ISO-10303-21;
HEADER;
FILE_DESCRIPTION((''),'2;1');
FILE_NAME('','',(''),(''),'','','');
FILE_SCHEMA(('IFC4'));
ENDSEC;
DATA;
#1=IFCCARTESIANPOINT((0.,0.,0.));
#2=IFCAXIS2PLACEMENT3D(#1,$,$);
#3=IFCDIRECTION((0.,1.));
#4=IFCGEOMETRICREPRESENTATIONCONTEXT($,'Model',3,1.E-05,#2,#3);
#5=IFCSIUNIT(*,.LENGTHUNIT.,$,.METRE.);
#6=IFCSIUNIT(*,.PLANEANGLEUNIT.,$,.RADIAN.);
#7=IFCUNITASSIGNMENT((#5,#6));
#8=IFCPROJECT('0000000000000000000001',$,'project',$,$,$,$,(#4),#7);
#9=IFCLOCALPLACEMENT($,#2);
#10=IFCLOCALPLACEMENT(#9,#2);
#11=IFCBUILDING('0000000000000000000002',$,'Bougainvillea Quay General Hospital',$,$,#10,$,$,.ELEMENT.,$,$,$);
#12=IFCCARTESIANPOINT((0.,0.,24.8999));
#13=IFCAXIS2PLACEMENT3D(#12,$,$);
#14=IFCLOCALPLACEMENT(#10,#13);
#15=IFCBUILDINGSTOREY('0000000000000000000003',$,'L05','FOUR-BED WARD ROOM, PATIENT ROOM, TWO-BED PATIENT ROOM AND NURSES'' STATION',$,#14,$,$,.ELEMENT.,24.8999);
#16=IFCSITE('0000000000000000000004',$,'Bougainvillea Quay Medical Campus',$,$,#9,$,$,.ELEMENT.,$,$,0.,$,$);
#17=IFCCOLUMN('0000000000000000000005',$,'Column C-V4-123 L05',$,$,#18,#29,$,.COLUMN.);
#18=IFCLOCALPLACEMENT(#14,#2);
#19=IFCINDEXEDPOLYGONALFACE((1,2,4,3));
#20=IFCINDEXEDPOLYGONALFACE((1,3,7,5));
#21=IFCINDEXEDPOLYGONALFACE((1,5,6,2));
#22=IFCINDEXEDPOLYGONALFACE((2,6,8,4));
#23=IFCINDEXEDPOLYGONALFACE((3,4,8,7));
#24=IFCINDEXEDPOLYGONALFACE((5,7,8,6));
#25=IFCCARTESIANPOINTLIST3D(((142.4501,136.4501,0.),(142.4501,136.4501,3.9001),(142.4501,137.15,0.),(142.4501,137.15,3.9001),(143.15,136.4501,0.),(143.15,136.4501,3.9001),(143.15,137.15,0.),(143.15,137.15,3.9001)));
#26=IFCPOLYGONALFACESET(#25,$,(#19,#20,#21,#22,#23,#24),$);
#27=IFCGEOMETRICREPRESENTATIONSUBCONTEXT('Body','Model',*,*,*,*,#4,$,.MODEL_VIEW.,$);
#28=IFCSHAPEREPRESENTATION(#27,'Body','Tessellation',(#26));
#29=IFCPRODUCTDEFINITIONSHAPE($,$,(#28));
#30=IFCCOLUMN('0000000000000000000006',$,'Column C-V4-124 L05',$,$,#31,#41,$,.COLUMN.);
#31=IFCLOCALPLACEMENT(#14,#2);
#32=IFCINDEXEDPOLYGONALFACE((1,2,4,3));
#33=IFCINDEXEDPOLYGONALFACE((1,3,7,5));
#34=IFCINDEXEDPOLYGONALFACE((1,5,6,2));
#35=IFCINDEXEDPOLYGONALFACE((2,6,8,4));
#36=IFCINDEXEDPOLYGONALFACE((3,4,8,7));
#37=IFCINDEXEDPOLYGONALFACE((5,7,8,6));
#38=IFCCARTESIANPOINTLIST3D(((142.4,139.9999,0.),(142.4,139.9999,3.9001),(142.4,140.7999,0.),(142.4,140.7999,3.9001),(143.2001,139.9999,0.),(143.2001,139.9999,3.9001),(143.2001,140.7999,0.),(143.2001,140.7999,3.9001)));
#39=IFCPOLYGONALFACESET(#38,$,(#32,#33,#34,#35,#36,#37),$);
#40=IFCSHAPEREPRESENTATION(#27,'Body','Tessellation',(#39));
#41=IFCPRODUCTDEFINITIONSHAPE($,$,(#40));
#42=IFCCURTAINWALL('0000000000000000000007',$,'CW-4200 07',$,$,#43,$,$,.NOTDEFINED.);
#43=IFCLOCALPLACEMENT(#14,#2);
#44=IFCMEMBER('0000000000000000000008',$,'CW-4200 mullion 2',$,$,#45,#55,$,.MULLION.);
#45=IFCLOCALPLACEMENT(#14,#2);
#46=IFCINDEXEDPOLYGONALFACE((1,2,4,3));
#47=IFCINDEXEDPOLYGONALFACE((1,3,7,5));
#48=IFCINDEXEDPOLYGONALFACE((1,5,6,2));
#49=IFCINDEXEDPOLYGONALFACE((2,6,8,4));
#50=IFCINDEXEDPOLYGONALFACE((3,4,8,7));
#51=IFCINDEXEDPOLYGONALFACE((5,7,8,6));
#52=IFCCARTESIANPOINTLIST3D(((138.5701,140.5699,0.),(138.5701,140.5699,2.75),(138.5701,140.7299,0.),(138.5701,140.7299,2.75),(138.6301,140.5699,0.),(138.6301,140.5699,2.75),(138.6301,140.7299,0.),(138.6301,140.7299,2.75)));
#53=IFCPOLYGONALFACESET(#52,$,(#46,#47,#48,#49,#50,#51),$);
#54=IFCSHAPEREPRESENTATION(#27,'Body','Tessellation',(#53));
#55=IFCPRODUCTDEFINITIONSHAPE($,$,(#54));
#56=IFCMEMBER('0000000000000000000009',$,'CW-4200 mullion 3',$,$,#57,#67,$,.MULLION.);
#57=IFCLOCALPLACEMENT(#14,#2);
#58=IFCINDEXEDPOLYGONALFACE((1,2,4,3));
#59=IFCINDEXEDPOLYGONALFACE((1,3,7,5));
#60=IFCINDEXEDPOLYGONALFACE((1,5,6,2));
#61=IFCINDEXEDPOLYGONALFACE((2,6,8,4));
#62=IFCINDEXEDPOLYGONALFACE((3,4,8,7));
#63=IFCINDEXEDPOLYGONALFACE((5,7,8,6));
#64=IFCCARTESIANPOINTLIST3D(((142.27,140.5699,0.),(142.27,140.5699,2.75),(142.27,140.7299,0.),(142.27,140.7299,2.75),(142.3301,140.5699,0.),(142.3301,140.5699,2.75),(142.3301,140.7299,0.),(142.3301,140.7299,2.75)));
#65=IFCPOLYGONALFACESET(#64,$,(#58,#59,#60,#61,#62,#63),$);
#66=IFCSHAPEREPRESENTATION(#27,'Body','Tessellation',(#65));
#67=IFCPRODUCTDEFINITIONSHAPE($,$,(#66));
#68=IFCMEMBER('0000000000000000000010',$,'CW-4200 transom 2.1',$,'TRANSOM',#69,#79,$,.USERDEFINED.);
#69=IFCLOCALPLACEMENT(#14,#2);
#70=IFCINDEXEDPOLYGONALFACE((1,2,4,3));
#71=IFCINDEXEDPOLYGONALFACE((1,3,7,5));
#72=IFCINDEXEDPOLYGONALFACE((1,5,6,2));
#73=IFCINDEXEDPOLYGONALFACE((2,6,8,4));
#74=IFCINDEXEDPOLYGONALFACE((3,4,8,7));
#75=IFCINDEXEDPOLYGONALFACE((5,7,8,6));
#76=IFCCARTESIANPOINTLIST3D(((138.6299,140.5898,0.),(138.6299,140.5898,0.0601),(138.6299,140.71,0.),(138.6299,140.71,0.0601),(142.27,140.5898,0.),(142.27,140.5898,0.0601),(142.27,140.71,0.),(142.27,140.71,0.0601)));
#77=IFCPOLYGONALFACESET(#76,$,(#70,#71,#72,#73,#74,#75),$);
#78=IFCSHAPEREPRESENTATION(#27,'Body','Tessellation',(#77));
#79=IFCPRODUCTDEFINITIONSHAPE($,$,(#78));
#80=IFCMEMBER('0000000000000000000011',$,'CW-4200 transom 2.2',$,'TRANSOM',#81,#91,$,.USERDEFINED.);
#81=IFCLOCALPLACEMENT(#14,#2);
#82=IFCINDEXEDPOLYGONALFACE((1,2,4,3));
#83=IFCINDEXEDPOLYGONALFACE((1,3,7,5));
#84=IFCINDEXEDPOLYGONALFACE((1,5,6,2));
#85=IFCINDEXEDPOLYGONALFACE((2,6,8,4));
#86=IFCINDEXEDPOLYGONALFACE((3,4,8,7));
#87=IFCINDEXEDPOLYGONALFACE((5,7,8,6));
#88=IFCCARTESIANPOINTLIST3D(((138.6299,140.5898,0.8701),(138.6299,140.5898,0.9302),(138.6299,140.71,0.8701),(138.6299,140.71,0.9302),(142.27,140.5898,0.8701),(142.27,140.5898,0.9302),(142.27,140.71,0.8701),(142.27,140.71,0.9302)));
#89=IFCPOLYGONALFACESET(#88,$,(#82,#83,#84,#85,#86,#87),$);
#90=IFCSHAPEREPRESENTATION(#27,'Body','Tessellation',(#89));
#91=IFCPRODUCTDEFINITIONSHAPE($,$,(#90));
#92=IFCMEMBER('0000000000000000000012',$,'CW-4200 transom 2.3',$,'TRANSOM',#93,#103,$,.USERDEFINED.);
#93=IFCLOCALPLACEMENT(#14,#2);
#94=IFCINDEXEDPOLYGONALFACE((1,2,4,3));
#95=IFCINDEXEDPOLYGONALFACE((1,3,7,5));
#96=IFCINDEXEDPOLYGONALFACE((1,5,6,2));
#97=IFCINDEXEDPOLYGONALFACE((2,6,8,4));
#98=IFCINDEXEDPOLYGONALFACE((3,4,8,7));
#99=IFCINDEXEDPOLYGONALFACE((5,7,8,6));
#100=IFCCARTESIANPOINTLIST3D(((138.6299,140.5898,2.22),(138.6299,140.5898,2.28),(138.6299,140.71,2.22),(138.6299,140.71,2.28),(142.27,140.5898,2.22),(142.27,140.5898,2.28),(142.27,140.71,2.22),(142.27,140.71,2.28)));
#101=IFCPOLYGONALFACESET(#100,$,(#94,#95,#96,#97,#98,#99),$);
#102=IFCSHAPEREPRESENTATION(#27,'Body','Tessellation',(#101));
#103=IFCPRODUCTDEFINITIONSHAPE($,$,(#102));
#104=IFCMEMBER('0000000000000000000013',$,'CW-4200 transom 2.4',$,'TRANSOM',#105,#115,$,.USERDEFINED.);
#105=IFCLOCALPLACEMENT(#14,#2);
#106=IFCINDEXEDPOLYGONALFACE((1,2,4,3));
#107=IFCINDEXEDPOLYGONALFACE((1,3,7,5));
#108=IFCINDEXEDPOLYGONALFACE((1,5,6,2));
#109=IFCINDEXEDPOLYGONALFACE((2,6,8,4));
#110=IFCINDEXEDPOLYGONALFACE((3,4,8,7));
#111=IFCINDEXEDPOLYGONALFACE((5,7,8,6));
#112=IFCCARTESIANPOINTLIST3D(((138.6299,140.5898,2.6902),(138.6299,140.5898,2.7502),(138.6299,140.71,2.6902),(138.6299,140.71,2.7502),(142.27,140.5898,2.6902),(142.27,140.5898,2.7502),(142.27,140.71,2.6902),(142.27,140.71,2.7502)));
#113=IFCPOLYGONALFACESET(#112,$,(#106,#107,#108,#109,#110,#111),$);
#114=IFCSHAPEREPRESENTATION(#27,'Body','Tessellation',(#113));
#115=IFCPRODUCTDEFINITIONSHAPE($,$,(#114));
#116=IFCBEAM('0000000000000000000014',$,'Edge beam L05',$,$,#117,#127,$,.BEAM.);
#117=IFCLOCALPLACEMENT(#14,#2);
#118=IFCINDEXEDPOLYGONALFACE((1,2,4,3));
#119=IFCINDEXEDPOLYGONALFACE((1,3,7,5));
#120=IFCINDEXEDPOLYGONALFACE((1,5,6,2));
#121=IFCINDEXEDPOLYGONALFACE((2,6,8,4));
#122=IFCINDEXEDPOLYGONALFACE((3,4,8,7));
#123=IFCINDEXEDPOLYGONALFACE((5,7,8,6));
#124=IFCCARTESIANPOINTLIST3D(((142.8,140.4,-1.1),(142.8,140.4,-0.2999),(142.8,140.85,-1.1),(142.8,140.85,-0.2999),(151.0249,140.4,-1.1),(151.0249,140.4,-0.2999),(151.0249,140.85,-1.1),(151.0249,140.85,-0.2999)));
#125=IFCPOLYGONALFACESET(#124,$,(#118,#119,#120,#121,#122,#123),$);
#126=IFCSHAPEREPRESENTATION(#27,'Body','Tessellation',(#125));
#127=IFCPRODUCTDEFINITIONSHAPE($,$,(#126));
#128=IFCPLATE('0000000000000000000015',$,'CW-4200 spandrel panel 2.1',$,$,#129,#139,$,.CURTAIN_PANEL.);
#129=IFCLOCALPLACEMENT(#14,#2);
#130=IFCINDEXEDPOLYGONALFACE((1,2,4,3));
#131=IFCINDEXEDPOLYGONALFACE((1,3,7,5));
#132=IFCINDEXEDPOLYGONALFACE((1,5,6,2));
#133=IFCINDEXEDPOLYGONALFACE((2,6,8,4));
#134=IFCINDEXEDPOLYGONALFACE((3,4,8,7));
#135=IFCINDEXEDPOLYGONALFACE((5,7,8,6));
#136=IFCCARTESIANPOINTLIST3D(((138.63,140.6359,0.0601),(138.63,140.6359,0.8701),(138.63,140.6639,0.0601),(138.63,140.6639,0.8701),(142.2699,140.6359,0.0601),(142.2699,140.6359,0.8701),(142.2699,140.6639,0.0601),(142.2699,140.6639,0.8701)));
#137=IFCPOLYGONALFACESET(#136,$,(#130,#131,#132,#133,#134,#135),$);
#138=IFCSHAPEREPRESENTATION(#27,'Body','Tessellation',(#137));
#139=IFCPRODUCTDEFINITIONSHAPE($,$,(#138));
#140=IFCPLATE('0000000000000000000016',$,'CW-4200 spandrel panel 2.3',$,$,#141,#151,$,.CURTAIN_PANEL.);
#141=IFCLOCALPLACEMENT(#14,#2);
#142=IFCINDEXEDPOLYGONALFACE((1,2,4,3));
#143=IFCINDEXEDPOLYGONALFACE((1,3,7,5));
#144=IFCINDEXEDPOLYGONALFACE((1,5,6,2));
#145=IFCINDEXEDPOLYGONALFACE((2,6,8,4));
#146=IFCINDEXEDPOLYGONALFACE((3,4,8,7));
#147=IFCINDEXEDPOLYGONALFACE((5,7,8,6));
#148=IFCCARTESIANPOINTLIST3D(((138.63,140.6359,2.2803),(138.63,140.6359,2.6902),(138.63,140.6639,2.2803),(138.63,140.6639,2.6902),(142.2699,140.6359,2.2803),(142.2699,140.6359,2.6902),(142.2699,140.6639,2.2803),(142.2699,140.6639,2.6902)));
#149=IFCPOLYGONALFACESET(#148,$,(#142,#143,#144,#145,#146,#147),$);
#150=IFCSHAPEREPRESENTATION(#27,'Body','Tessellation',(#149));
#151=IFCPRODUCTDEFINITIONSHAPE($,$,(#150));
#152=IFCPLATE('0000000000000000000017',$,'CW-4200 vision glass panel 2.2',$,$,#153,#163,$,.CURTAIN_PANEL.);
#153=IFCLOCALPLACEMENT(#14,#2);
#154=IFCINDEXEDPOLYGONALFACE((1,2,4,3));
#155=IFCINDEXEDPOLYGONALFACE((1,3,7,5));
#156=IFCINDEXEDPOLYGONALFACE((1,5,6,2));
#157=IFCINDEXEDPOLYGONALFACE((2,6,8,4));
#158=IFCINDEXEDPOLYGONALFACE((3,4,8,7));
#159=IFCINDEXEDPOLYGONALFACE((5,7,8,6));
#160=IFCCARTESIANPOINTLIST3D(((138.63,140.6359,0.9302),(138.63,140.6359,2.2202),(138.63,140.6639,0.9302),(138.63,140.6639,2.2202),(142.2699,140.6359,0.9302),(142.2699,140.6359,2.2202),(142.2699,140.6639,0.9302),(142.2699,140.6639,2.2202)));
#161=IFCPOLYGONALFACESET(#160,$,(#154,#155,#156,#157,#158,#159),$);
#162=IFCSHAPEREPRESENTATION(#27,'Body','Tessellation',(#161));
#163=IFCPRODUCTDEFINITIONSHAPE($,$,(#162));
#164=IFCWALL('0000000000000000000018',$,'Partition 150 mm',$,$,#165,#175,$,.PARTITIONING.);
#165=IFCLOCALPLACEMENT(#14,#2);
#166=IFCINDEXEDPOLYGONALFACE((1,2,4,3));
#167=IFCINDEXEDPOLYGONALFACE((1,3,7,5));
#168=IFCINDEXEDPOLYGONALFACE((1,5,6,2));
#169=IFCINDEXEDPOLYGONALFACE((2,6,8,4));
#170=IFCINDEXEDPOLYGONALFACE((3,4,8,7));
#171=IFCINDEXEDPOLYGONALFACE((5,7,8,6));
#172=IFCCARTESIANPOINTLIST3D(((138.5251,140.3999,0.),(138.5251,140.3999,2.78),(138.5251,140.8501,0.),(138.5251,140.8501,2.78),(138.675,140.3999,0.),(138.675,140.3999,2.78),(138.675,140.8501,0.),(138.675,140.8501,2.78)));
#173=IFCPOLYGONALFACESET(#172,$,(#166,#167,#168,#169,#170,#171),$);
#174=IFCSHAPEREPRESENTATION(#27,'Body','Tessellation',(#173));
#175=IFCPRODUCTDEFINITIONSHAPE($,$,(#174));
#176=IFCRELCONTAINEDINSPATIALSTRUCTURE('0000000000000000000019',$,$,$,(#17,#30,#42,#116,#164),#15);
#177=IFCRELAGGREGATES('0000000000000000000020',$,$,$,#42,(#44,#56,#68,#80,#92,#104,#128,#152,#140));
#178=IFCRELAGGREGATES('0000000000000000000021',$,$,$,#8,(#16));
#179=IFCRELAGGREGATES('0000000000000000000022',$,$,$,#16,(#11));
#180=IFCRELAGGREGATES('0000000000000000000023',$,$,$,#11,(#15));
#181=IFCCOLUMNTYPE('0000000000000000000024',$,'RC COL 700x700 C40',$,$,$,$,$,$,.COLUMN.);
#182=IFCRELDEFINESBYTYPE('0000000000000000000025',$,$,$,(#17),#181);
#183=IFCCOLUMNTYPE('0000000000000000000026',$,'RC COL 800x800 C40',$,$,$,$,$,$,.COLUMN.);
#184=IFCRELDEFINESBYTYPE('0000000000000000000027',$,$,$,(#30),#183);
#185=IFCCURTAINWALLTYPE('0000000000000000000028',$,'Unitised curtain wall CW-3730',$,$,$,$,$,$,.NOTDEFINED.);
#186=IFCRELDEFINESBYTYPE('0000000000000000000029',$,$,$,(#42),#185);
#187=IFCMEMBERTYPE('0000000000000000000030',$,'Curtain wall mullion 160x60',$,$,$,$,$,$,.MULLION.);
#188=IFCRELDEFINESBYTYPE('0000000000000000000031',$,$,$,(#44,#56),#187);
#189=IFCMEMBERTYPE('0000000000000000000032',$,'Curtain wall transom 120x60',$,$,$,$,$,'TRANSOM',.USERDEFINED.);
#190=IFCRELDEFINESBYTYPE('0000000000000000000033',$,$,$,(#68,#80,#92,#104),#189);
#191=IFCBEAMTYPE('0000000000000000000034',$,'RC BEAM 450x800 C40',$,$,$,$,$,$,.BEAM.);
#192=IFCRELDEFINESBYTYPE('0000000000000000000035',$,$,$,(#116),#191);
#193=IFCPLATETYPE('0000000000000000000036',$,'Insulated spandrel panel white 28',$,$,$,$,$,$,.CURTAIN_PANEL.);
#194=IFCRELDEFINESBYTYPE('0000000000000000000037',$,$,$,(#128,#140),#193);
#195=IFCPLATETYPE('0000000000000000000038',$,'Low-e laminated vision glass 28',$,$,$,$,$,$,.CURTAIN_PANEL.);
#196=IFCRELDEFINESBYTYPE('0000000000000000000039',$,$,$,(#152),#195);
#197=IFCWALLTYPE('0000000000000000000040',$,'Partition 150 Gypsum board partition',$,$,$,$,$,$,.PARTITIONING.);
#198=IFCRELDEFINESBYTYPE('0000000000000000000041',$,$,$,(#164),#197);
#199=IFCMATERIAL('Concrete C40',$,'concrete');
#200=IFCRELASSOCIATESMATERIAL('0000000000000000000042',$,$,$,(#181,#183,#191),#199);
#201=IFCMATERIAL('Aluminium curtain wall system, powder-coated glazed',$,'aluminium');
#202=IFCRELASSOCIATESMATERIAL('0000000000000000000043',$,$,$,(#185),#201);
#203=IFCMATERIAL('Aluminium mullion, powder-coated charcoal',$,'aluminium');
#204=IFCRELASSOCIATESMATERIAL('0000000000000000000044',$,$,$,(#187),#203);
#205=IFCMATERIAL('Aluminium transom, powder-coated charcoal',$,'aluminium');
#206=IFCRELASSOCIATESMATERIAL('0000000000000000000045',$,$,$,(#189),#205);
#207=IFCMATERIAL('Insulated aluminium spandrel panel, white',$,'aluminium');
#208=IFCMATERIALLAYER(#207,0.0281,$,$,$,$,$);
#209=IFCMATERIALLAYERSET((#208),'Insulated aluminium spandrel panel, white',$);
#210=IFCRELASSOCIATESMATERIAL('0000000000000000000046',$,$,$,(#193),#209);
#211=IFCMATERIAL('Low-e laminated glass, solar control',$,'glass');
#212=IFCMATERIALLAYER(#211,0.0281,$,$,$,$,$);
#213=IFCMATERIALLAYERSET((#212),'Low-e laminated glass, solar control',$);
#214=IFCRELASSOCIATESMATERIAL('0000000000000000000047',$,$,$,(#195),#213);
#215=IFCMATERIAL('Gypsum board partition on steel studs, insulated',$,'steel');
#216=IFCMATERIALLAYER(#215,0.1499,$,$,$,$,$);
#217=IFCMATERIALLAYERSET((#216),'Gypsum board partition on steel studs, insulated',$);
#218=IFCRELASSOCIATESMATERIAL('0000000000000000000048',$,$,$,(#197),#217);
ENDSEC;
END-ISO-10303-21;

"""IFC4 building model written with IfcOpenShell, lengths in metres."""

from ifc_helpers import new_model, si_unit, direction, frame, frame_2d, origin, origin_2d, place, context, subcontext, project, spatial, rectangle, extrude, material, layer, layer_set, material_profile, profile_set, type_object, element, aggregate, save


model = new_model("IFC4")

# Units and contexts
model_context = context("Model", 3, precision=1e-05, world=origin(), true_north=direction((0.0, 1.0)))
body_context = subcontext(model_context, "Body", "Model", "MODEL_VIEW")
ifc_project = project(units=[si_unit("LENGTHUNIT", "METRE"), si_unit("PLANEANGLEUNIT", "RADIAN")], contexts=[model_context])

# Site, building, storey
site_placement = place(None, origin())
site = spatial("IfcSite", under=ifc_project, at=site_placement, Name="Bougainvillea Quay Medical Campus", CompositionType="ELEMENT", RefElevation=0.0)
building_placement = place(site_placement, origin())
building = spatial("IfcBuilding", under=site, at=building_placement, Name="Bougainvillea Quay General Hospital", CompositionType="ELEMENT")
storey_placement = place(building_placement, frame((0.0, 0.0, 24.8999)))
storey = spatial("IfcBuildingStorey", under=building, at=storey_placement, Name="L05", Description="FOUR-BED WARD ROOM, PATIENT ROOM, TWO-BED PATIENT ROOM AND NURSES' STATION", CompositionType="ELEMENT", Elevation=24.8999)

# Columns
ifc_material_1 = material(Name="Concrete C40", Category="concrete")
ifc_material_profile_1 = material_profile(ifc_material_1, rectangle(XDim=0.7, YDim=0.7, at=origin_2d()))
ifc_profile_set_1 = profile_set([ifc_material_profile_1], Name="Concrete C40")
column_type_1 = type_object("IfcColumnType", Name="RC COL 700x700 C40", PredefinedType="COLUMN", material=ifc_profile_set_1)
column_1_placement = place(storey_placement, frame((142.8, 136.8, 0.0), z_axis=(0.0, 0.0, 1.0), x_axis=(1.0, 0.0, 0.0)))
element("IfcColumn", 1, at=column_1_placement, inside=storey, type_object=column_type_1, Name="Column C-V4-123 L05", PredefinedType="COLUMN", context=body_context, shape_type="SweptSolid", body=[
    extrude(rectangle(XDim=0.7, YDim=0.7, at=origin_2d()), origin(), (0.0, 0.0, 1.0), 3.9001),
])
ifc_material_profile_2 = material_profile(ifc_material_1, rectangle(XDim=0.8, YDim=0.8, at=origin_2d()))
ifc_profile_set_2 = profile_set([ifc_material_profile_2], Name="Concrete C40")
column_type_2 = type_object("IfcColumnType", Name="RC COL 800x800 C40", PredefinedType="COLUMN", material=ifc_profile_set_2)
column_2_placement = place(storey_placement, frame((142.8, 140.3999, 0.0), z_axis=(0.0, 0.0, 1.0), x_axis=(1.0, 0.0, 0.0)))
element("IfcColumn", 2, at=column_2_placement, inside=storey, type_object=column_type_2, Name="Column C-V4-124 L05", PredefinedType="COLUMN", context=body_context, shape_type="SweptSolid", body=[
    extrude(rectangle(XDim=0.8, YDim=0.8, at=origin_2d()), origin(), (0.0, 0.0, 1.0), 3.9001),
])

# Curtain wall, members
ifc_material_2 = material(Name="Aluminium curtain wall system, powder-coated glazed", Category="aluminium")
curtain_wall_type = type_object("IfcCurtainWallType", Name="Unitised curtain wall CW-3730", PredefinedType="NOTDEFINED", material=ifc_material_2)
curtain_wall_placement = place(storey_placement, origin())
curtain_wall = element("IfcCurtainWall", 3, at=curtain_wall_placement, inside=storey, type_object=curtain_wall_type, Name="CW-4200 07", PredefinedType="NOTDEFINED")
ifc_material_3 = material(Name="Aluminium mullion, powder-coated charcoal", Category="aluminium")
ifc_material_profile_3 = material_profile(ifc_material_3, rectangle(XDim=0.1599, YDim=0.0601, at=origin_2d()))
ifc_profile_set_3 = profile_set([ifc_material_profile_3], Name="Aluminium mullion, powder-coated charcoal")
member_type_1 = type_object("IfcMemberType", Name="Curtain wall mullion 160x60", PredefinedType="MULLION", material=ifc_profile_set_3)
member_1_placement = place(storey_placement, frame((138.6001, 140.6499, 0.0), z_axis=(0.0, 0.0, 1.0), x_axis=(0.0, 1.0, 0.0)))
member_1 = element("IfcMember", 4, at=member_1_placement, type_object=member_type_1, Name="CW-4200 mullion 2", PredefinedType="MULLION", context=body_context, shape_type="SweptSolid", body=[
    extrude(rectangle(XDim=0.1599, YDim=0.0601, at=origin_2d()), origin(), (0.0, 0.0, 1.0), 2.75),
])
member_2_placement = place(storey_placement, frame((142.3, 140.6499, 0.0), z_axis=(0.0, 0.0, 1.0), x_axis=(0.0, 1.0, 0.0)))
member_2 = element("IfcMember", 5, at=member_2_placement, type_object=member_type_1, Name="CW-4200 mullion 3", PredefinedType="MULLION", context=body_context, shape_type="SweptSolid", body=[
    extrude(rectangle(XDim=0.1599, YDim=0.0601, at=origin_2d()), origin(), (0.0, 0.0, 1.0), 2.75),
])
ifc_material_4 = material(Name="Aluminium transom, powder-coated charcoal", Category="aluminium")
ifc_material_profile_4 = material_profile(ifc_material_4, rectangle(XDim=0.1201, YDim=0.0601, at=origin_2d()))
ifc_profile_set_4 = profile_set([ifc_material_profile_4], Name="Aluminium transom, powder-coated charcoal")
member_type_2 = type_object("IfcMemberType", Name="Curtain wall transom 120x60", ElementType="TRANSOM", PredefinedType="USERDEFINED", material=ifc_profile_set_4)
member_3_placement = place(storey_placement, frame((138.6299, 140.6499, 0.03), z_axis=(1.0, 0.0, 0.0), x_axis=(0.0, 1.0, 0.0)))
member_3 = element("IfcMember", 6, at=member_3_placement, type_object=member_type_2, Name="CW-4200 transom 2.1", ObjectType="TRANSOM", PredefinedType="USERDEFINED", context=body_context, shape_type="SweptSolid", body=[
    extrude(rectangle(XDim=0.1201, YDim=0.0601, at=origin_2d()), origin(), (0.0, 0.0, 1.0), 3.6401),
])
member_4_placement = place(storey_placement, frame((138.6299, 140.6499, 0.9001), z_axis=(1.0, 0.0, 0.0), x_axis=(0.0, 1.0, 0.0)))
member_4 = element("IfcMember", 7, at=member_4_placement, type_object=member_type_2, Name="CW-4200 transom 2.2", ObjectType="TRANSOM", PredefinedType="USERDEFINED", context=body_context, shape_type="SweptSolid", body=[
    extrude(rectangle(XDim=0.1201, YDim=0.0601, at=origin_2d()), origin(), (0.0, 0.0, 1.0), 3.6401),
])
member_5_placement = place(storey_placement, frame((138.6299, 140.6499, 2.25), z_axis=(1.0, 0.0, 0.0), x_axis=(0.0, 1.0, 0.0)))
member_5 = element("IfcMember", 8, at=member_5_placement, type_object=member_type_2, Name="CW-4200 transom 2.3", ObjectType="TRANSOM", PredefinedType="USERDEFINED", context=body_context, shape_type="SweptSolid", body=[
    extrude(rectangle(XDim=0.1201, YDim=0.0601, at=origin_2d()), origin(), (0.0, 0.0, 1.0), 3.6401),
])
member_6_placement = place(storey_placement, frame((138.6299, 140.6499, 2.7202), z_axis=(1.0, 0.0, 0.0), x_axis=(0.0, 1.0, 0.0)))
member_6 = element("IfcMember", 9, at=member_6_placement, type_object=member_type_2, Name="CW-4200 transom 2.4", ObjectType="TRANSOM", PredefinedType="USERDEFINED", context=body_context, shape_type="SweptSolid", body=[
    extrude(rectangle(XDim=0.1201, YDim=0.0601, at=origin_2d()), origin(), (0.0, 0.0, 1.0), 3.6401),
])

# Beam
ifc_material_profile_5 = material_profile(ifc_material_1, rectangle(XDim=0.45, YDim=0.8, at=origin_2d()))
ifc_profile_set_5 = profile_set([ifc_material_profile_5], Name="Concrete C40")
beam_type = type_object("IfcBeamType", Name="RC BEAM 450x800 C40", PredefinedType="BEAM", material=ifc_profile_set_5)
beam_placement = place(storey_placement, frame((142.8, 140.625, -0.7), z_axis=(1.0, 0.0, 0.0), x_axis=(0.0, 1.0, 0.0)))
element("IfcBeam", 10, at=beam_placement, inside=storey, type_object=beam_type, Name="Edge beam L05", PredefinedType="BEAM", context=body_context, shape_type="SweptSolid", body=[
    extrude(rectangle(XDim=0.45, YDim=0.8, at=origin_2d()), origin(), (0.0, 0.0, 1.0), 8.2249),
])

# Plates
ifc_material_5 = material(Name="Insulated aluminium spandrel panel, white", Category="aluminium")
ifc_layer_1 = layer(ifc_material_5, 0.0281)
ifc_layer_set_1 = layer_set([ifc_layer_1], Name="Insulated aluminium spandrel panel, white")
plate_type_1 = type_object("IfcPlateType", Name="Insulated spandrel panel white 28", PredefinedType="CURTAIN_PANEL", material=ifc_layer_set_1)
plate_1_placement = place(storey_placement, frame((140.45, 140.6499, 0.0601), z_axis=(0.0, 0.0, 1.0), x_axis=(1.0, 0.0, 0.0)))
plate_1 = element("IfcPlate", 11, at=plate_1_placement, type_object=plate_type_1, Name="CW-4200 spandrel panel 2.1", PredefinedType="CURTAIN_PANEL", context=body_context, shape_type="SweptSolid", body=[
    extrude(rectangle(XDim=3.6399, YDim=0.0281, at=origin_2d()), origin(), (0.0, 0.0, 1.0), 0.8101),
])
plate_2_placement = place(storey_placement, frame((140.45, 140.6499, 2.2803), z_axis=(0.0, 0.0, 1.0), x_axis=(1.0, 0.0, 0.0)))
plate_2 = element("IfcPlate", 12, at=plate_2_placement, type_object=plate_type_1, Name="CW-4200 spandrel panel 2.3", PredefinedType="CURTAIN_PANEL", context=body_context, shape_type="SweptSolid", body=[
    extrude(rectangle(XDim=3.6399, YDim=0.0281, at=origin_2d()), origin(), (0.0, 0.0, 1.0), 0.4099),
])
ifc_material_6 = material(Name="Low-e laminated glass, solar control", Category="glass")
ifc_layer_2 = layer(ifc_material_6, 0.0281)
ifc_layer_set_2 = layer_set([ifc_layer_2], Name="Low-e laminated glass, solar control")
plate_type_2 = type_object("IfcPlateType", Name="Low-e laminated vision glass 28", PredefinedType="CURTAIN_PANEL", material=ifc_layer_set_2)
plate_3_placement = place(storey_placement, frame((140.45, 140.6499, 0.9302), z_axis=(0.0, 0.0, 1.0), x_axis=(1.0, 0.0, 0.0)))
plate_3 = element("IfcPlate", 13, at=plate_3_placement, type_object=plate_type_2, Name="CW-4200 vision glass panel 2.2", PredefinedType="CURTAIN_PANEL", context=body_context, shape_type="SweptSolid", body=[
    extrude(rectangle(XDim=3.6399, YDim=0.0281, at=origin_2d()), origin(), (0.0, 0.0, 1.0), 1.29),
])
aggregate(curtain_wall, [member_1, member_2, member_3, member_4, member_5, member_6, plate_1, plate_3, plate_2])

# Wall
ifc_material_7 = material(Name="Gypsum board partition on steel studs, insulated", Category="steel")
ifc_layer_3 = layer(ifc_material_7, 0.1499)
ifc_layer_set_3 = layer_set([ifc_layer_3], Name="Gypsum board partition on steel studs, insulated")
wall_type_1 = type_object("IfcWallType", Name="Partition 150 Gypsum board partition", PredefinedType="PARTITIONING", material=ifc_layer_set_3)
wall_1_placement = place(storey_placement, frame((138.6001, 140.3999, 0.0), z_axis=(0.0, 0.0, 1.0), x_axis=(0.0, 1.0, 0.0)))
element("IfcWall", 14, at=wall_1_placement, inside=storey, type_object=wall_type_1, Name="Partition 150 mm", PredefinedType="PARTITIONING", context=body_context, shape_type="SweptSolid", body=[
    extrude(rectangle(XDim=0.4502, YDim=0.1499, at=frame_2d((0.2251, 0.0))), origin(), (0.0, 0.0, 1.0), 2.78),
])

save(model, "model.ifc")
